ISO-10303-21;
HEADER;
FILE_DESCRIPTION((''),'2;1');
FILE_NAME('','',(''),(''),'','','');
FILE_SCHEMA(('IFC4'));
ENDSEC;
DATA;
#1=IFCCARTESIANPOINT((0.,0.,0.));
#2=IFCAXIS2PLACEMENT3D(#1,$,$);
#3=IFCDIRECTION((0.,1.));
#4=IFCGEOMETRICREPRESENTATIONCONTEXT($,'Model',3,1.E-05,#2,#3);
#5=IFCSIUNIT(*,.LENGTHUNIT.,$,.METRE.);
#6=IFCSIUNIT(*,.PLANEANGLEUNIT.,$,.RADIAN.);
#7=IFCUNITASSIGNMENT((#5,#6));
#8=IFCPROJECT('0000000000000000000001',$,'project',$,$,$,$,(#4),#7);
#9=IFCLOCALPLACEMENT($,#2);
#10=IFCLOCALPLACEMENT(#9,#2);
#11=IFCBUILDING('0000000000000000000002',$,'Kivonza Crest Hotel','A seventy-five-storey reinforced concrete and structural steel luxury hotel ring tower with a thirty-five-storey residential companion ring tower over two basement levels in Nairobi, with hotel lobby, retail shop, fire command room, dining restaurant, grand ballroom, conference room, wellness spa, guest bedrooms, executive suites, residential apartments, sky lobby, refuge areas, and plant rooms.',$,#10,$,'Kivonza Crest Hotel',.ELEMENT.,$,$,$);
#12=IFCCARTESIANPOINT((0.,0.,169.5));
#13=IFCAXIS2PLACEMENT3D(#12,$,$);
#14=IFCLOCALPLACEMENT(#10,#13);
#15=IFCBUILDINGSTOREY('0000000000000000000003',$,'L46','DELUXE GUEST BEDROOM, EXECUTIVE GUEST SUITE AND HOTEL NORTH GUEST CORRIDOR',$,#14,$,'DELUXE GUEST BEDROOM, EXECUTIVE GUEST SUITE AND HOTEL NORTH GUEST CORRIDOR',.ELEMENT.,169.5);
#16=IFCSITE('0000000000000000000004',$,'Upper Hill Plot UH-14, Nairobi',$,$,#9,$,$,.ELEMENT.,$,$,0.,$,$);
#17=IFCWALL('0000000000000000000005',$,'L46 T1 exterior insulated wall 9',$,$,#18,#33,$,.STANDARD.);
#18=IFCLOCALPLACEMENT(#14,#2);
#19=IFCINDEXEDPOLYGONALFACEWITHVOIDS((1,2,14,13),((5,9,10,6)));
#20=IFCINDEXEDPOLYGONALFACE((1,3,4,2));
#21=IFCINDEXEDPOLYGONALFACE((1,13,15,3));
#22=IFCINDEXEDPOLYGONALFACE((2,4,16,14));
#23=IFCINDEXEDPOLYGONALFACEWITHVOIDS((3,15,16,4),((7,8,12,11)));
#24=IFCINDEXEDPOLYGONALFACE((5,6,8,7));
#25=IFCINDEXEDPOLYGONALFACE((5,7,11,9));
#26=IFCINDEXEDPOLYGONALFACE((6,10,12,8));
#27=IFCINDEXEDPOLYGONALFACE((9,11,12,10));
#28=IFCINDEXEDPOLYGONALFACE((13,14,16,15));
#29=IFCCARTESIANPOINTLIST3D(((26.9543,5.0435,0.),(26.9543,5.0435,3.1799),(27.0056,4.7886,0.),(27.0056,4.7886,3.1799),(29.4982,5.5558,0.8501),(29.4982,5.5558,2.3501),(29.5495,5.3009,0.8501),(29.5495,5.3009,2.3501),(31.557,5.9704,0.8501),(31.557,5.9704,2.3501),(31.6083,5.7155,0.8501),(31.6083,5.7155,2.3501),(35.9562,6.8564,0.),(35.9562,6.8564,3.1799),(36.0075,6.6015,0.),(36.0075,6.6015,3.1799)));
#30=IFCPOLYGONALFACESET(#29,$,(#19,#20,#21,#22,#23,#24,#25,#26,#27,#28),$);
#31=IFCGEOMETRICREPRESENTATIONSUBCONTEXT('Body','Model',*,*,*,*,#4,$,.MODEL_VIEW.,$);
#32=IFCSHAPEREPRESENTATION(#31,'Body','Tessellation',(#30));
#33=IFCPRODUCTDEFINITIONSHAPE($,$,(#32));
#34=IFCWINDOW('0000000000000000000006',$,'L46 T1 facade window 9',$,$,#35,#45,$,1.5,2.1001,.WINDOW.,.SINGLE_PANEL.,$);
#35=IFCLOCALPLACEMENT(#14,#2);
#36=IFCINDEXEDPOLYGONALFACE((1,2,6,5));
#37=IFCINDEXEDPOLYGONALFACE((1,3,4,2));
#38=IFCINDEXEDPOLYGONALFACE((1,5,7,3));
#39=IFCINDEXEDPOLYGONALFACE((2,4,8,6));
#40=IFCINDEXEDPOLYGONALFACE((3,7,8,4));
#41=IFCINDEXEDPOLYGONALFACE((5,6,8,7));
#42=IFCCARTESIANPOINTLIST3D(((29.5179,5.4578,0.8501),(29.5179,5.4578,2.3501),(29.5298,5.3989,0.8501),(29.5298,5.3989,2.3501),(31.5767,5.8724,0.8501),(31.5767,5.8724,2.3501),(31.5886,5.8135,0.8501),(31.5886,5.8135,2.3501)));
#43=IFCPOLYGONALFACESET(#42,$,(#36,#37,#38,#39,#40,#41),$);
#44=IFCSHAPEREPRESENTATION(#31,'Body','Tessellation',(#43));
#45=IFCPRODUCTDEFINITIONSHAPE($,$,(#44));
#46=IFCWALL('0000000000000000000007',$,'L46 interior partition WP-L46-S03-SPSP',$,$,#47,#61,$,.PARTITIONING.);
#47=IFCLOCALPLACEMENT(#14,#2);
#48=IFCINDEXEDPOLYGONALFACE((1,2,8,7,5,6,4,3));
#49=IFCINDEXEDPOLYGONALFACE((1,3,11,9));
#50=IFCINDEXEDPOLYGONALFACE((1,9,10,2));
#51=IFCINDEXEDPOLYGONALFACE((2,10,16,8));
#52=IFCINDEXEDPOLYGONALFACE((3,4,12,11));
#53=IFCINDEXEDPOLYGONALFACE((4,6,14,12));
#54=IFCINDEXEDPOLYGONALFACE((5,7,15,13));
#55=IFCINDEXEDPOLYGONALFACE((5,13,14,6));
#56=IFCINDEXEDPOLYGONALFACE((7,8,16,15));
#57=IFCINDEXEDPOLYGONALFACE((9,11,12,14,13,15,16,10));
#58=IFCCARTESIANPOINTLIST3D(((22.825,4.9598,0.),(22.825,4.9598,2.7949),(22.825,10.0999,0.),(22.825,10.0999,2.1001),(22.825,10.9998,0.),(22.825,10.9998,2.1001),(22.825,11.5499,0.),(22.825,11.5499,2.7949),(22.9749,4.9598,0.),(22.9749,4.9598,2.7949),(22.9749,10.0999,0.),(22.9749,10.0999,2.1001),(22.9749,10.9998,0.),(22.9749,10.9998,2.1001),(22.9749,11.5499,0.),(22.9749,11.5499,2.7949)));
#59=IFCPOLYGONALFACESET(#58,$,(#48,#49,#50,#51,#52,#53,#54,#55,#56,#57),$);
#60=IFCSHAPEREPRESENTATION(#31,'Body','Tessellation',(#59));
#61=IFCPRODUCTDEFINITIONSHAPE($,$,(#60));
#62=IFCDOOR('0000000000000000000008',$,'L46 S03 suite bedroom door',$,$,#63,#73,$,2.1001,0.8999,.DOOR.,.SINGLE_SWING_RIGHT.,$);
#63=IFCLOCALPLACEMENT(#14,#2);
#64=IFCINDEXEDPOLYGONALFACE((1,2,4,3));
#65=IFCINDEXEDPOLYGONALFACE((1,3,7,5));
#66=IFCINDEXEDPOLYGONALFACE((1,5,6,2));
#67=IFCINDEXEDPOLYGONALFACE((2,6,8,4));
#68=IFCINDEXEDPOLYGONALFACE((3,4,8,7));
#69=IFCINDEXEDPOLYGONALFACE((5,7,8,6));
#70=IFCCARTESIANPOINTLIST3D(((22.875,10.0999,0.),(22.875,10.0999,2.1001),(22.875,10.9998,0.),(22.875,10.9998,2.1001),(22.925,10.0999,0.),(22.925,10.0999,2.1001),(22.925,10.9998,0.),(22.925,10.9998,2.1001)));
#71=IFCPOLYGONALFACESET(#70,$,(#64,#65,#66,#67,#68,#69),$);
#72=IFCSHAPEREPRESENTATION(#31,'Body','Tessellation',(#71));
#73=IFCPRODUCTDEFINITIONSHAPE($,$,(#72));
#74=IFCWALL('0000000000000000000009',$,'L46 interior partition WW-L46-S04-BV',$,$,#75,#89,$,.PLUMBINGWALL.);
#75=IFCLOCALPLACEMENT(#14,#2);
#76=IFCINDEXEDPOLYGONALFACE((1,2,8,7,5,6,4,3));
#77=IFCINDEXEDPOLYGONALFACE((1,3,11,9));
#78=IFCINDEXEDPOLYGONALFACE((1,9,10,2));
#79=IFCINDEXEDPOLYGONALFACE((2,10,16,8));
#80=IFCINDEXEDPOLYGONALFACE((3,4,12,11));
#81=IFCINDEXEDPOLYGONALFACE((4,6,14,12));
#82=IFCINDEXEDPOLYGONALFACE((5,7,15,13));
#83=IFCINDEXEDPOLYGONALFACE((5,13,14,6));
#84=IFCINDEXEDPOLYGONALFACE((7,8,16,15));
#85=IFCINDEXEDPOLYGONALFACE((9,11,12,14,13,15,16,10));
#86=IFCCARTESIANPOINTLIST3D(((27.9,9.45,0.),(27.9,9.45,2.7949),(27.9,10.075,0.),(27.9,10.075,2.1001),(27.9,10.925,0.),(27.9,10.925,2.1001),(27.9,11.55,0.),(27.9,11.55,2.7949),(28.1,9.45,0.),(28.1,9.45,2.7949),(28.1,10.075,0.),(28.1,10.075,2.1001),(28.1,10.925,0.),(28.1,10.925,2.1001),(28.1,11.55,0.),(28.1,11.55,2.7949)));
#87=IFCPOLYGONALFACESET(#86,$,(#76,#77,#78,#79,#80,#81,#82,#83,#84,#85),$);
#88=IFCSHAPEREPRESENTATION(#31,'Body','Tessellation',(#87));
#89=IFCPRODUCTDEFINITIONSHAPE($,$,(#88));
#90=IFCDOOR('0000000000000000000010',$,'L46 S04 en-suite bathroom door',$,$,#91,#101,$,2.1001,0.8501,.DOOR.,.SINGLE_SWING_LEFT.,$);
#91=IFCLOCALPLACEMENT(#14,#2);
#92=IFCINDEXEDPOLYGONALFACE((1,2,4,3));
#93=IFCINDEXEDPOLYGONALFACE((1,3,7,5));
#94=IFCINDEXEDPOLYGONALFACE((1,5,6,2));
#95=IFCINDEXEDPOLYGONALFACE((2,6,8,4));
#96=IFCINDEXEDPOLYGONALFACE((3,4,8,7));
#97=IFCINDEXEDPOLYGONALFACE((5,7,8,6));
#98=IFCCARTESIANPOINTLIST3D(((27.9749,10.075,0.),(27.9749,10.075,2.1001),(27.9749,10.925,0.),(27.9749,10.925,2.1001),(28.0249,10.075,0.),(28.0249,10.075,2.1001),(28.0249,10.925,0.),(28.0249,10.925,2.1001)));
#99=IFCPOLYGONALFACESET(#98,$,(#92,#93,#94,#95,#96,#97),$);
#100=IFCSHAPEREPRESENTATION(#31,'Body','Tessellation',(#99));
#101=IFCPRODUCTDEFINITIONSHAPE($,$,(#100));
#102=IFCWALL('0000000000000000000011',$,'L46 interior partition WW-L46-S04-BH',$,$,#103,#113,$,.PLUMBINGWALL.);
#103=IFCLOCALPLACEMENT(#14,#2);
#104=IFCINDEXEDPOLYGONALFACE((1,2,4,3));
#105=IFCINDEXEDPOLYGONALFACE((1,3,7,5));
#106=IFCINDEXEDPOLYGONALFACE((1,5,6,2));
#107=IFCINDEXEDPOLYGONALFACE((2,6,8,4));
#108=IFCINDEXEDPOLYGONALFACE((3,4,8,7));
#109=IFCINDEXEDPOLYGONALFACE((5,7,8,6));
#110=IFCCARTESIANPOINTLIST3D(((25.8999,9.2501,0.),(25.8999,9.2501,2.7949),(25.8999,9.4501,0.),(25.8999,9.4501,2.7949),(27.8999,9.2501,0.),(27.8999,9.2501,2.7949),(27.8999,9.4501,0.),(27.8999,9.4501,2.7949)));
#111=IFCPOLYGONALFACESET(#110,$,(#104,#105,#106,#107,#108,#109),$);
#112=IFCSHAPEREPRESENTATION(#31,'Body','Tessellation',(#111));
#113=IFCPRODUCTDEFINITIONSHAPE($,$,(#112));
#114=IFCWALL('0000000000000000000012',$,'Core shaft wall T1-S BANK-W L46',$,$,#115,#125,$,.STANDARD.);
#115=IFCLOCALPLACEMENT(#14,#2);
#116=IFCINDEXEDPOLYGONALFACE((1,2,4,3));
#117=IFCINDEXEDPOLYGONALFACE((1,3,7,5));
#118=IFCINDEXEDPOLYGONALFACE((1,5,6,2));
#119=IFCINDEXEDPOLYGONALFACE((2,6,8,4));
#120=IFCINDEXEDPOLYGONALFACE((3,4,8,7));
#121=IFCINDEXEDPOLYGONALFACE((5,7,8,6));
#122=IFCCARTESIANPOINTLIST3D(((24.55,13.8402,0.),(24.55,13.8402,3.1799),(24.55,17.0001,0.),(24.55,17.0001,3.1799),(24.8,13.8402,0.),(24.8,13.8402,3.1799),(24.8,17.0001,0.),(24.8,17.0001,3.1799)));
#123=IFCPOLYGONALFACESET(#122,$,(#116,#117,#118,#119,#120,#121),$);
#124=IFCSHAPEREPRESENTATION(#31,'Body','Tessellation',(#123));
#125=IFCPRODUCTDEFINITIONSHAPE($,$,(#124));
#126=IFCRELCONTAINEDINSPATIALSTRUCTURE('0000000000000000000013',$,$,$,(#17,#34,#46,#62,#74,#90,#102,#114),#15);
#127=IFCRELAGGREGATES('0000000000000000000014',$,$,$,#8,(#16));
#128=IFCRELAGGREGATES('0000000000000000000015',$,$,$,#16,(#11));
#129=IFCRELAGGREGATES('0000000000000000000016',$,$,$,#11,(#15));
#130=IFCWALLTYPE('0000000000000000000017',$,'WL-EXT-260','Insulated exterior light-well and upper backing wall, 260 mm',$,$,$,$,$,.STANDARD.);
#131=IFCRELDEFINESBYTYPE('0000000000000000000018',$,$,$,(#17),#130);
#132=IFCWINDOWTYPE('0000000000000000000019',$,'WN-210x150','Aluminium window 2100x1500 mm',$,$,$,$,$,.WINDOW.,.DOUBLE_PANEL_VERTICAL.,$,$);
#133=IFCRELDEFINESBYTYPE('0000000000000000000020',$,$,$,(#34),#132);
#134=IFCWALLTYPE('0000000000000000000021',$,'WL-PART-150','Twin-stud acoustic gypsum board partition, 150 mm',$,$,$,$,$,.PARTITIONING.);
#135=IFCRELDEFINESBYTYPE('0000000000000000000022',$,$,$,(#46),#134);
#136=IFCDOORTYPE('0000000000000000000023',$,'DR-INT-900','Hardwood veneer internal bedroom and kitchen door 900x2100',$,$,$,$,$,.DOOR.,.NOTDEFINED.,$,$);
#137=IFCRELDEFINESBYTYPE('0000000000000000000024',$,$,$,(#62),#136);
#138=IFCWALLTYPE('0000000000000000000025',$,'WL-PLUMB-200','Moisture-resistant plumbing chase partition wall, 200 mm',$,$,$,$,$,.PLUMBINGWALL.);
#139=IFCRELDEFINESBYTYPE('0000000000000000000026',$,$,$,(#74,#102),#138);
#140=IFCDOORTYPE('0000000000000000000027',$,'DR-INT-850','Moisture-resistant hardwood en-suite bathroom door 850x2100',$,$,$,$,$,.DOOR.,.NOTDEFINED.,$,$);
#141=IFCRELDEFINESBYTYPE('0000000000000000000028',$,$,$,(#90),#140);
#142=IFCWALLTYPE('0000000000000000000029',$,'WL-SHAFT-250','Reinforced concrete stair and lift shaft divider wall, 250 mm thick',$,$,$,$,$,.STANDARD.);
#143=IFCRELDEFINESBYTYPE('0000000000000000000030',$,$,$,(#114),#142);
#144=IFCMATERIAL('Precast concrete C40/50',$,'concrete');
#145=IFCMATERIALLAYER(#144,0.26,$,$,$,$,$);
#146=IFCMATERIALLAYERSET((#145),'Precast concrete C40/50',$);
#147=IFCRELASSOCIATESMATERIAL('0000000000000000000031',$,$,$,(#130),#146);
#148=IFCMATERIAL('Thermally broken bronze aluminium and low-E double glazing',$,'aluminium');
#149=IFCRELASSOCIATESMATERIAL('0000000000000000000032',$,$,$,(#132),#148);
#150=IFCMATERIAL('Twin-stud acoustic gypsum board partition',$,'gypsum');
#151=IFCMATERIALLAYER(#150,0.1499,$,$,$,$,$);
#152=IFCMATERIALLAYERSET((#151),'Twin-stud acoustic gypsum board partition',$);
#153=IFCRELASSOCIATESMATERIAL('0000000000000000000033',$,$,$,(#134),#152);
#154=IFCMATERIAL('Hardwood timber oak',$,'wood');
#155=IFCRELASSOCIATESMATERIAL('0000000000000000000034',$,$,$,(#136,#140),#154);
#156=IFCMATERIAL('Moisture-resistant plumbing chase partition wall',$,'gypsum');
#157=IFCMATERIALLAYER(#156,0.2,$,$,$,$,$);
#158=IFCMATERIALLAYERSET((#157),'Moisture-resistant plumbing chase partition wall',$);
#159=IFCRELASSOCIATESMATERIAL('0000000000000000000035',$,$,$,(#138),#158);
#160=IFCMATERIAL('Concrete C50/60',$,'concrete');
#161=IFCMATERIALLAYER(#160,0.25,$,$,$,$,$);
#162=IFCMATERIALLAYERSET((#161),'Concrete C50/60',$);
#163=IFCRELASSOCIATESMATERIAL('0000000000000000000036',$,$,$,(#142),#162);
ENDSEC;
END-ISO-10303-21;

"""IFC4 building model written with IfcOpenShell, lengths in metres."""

from ifc_helpers import new_model, si_unit, direction, frame, frame_2d, origin, place, context, subcontext, project, spatial, rectangle, extrude, material, layer, layer_set, type_object, element, fill, save


model = new_model("IFC4")

# Units and contexts
model_context = context("Model", 3, precision=1e-05, world=origin(), true_north=direction((0.0, 1.0)))
body_context = subcontext(model_context, "Body", "Model", "MODEL_VIEW")
ifc_project = project(units=[si_unit("LENGTHUNIT", "METRE"), si_unit("PLANEANGLEUNIT", "RADIAN")], contexts=[model_context])

# Site, building, storey
site_placement = place(None, origin())
site = spatial("IfcSite", under=ifc_project, at=site_placement, Name="Upper Hill Plot UH-14, Nairobi", CompositionType="ELEMENT", RefElevation=0.0)
building_placement = place(site_placement, origin())
building = spatial("IfcBuilding", under=site, at=building_placement, Name="Kivonza Crest Hotel", Description="A seventy-five-storey reinforced concrete and structural steel luxury hotel ring tower with a thirty-five-storey residential companion ring tower over two basement levels in Nairobi, with hotel lobby, retail shop, fire command room, dining restaurant, grand ballroom, conference room, wellness spa, guest bedrooms, executive suites, residential apartments, sky lobby, refuge areas, and plant rooms.", LongName="Kivonza Crest Hotel", CompositionType="ELEMENT")
storey_placement = place(building_placement, frame((0.0, 0.0, 169.5)))
storey = spatial("IfcBuildingStorey", under=building, at=storey_placement, Name="L46", Description="DELUXE GUEST BEDROOM, EXECUTIVE GUEST SUITE AND HOTEL NORTH GUEST CORRIDOR", LongName="DELUXE GUEST BEDROOM, EXECUTIVE GUEST SUITE AND HOTEL NORTH GUEST CORRIDOR", CompositionType="ELEMENT", Elevation=169.5)

# Shared definitions
ifc_material_1 = material(Name="Concrete C50/60", Category="concrete")

# Shared definitions
ifc_material_2 = material(Name="Hardwood timber oak", Category="wood")

# Wall, opening, window
ifc_material_3 = material(Name="Precast concrete C40/50", Category="concrete")
ifc_layer_1 = layer(ifc_material_3, 0.26)
ifc_layer_set_1 = layer_set([ifc_layer_1], Name="Precast concrete C40/50")
wall_type_1 = type_object("IfcWallType", Name="WL-EXT-260", Description="Insulated exterior light-well and upper backing wall, 260 mm", PredefinedType="STANDARD", material=ifc_layer_set_1)
wall_1_placement = place(storey_placement, frame((26.98, 4.916, 0.0), z_axis=(0.0, 0.0, 1.0), x_axis=(0.980316, 0.197435, 0.0)))
wall_1 = element("IfcWall", 1, at=wall_1_placement, inside=storey, type_object=wall_type_1, Name="L46 T1 exterior insulated wall 9", PredefinedType="STANDARD", context=body_context, shape_type="SweptSolid", body=[
    extrude(rectangle(XDim=9.1826, YDim=0.26, at=frame_2d((4.5913, 0.0))), origin(), (0.0, 0.0, 1.0), 3.1799),
])
opening_1_placement = place(wall_1_placement, frame((2.595, 0.0, 0.8501)))
opening_1 = element("IfcOpeningElement", 2, at=opening_1_placement, cuts=wall_1, PredefinedType="OPENING", context=body_context, shape_type="SweptSolid", body=[
    extrude(rectangle(XDim=2.1001, YDim=1.5, at=frame_2d((1.05, 0.75))), frame((0.0, 0.1401, 0.0), z_axis=(0.0, -1.0, 0.0), x_axis=(1.0, 0.0, 0.0)), (0.0, 0.0, 1.0), 0.28),
])
ifc_material_4 = material(Name="Thermally broken bronze aluminium and low-E double glazing", Category="aluminium")
window_type = type_object("IfcWindowType", Name="WN-210x150", Description="Aluminium window 2100x1500 mm", PartitioningType="DOUBLE_PANEL_VERTICAL", PredefinedType="WINDOW", material=ifc_material_4)
window_placement = place(opening_1_placement, origin())
window = element("IfcWindow", 3, at=window_placement, inside=storey, type_object=window_type, Name="L46 T1 facade window 9", OverallHeight=1.5, OverallWidth=2.1001, PartitioningType="SINGLE_PANEL", PredefinedType="WINDOW", context=body_context, shape_type="SweptSolid", body=[
    extrude(rectangle(XDim=2.1001, YDim=1.5, at=frame_2d((1.05, 0.75))), frame((0.0, 0.03, 0.0), z_axis=(0.0, -1.0, 0.0), x_axis=(1.0, 0.0, 0.0)), (0.0, 0.0, 1.0), 0.0601),
])
fill(opening_1, window)

# Walls, openings, doors
ifc_material_5 = material(Name="Twin-stud acoustic gypsum board partition", Category="gypsum")
ifc_layer_2 = layer(ifc_material_5, 0.1499)
ifc_layer_set_2 = layer_set([ifc_layer_2], Name="Twin-stud acoustic gypsum board partition")
wall_type_2 = type_object("IfcWallType", Name="WL-PART-150", Description="Twin-stud acoustic gypsum board partition, 150 mm", PredefinedType="PARTITIONING", material=ifc_layer_set_2)
wall_2_placement = place(storey_placement, frame((22.8999, 4.96, 0.0), z_axis=(0.0, 0.0, 1.0), x_axis=(0.0, 1.0, 0.0)))
wall_2 = element("IfcWall", 4, at=wall_2_placement, inside=storey, type_object=wall_type_2, Name="L46 interior partition WP-L46-S03-SPSP", PredefinedType="PARTITIONING", context=body_context, shape_type="SweptSolid", body=[
    extrude(rectangle(XDim=6.5901, YDim=0.1499, at=frame_2d((3.2949, 0.0))), origin(), (0.0, 0.0, 1.0), 2.7949),
])
opening_2_placement = place(wall_2_placement, frame((5.1399, 0.0, 0.0)))
opening_2 = element("IfcOpeningElement", 5, at=opening_2_placement, cuts=wall_2, PredefinedType="OPENING", context=body_context, shape_type="SweptSolid", body=[
    extrude(rectangle(XDim=0.8999, YDim=2.1001, at=frame_2d((0.45, 1.05))), frame((0.0, 0.085, 0.0), z_axis=(0.0, -1.0, 0.0), x_axis=(1.0, 0.0, 0.0)), (0.0, 0.0, 1.0), 0.1699),
])
door_type_1 = type_object("IfcDoorType", Name="DR-INT-900", Description="Hardwood veneer internal bedroom and kitchen door 900x2100", OperationType="NOTDEFINED", PredefinedType="DOOR", material=ifc_material_2)
door_1_placement = place(opening_2_placement, origin())
door_1 = element("IfcDoor", 6, at=door_1_placement, inside=storey, type_object=door_type_1, Name="L46 S03 suite bedroom door", OperationType="SINGLE_SWING_RIGHT", OverallHeight=2.1001, OverallWidth=0.8999, PredefinedType="DOOR", context=body_context, shape_type="SweptSolid", body=[
    extrude(rectangle(XDim=0.8999, YDim=2.1001, at=frame_2d((0.45, 1.05))), frame((0.0, 0.0249, 0.0), z_axis=(0.0, -1.0, 0.0), x_axis=(1.0, 0.0, 0.0)), (0.0, 0.0, 1.0), 0.05),
])
fill(opening_2, door_1)
ifc_material_6 = material(Name="Moisture-resistant plumbing chase partition wall", Category="gypsum")
ifc_layer_3 = layer(ifc_material_6, 0.2)
ifc_layer_set_3 = layer_set([ifc_layer_3], Name="Moisture-resistant plumbing chase partition wall")
wall_type_3 = type_object("IfcWallType", Name="WL-PLUMB-200", Description="Moisture-resistant plumbing chase partition wall, 200 mm", PredefinedType="PLUMBINGWALL", material=ifc_layer_set_3)
wall_3_placement = place(storey_placement, frame((28.0, 9.45, 0.0), z_axis=(0.0, 0.0, 1.0), x_axis=(0.0, 1.0, 0.0)))
wall_3 = element("IfcWall", 7, at=wall_3_placement, inside=storey, type_object=wall_type_3, Name="L46 interior partition WW-L46-S04-BV", PredefinedType="PLUMBINGWALL", context=body_context, shape_type="SweptSolid", body=[
    extrude(rectangle(XDim=2.1001, YDim=0.2, at=frame_2d((1.05, 0.0))), origin(), (0.0, 0.0, 1.0), 2.7949),
])
opening_3_placement = place(wall_3_placement, frame((0.625, 0.0, 0.0)))
opening_3 = element("IfcOpeningElement", 8, at=opening_3_placement, cuts=wall_3, PredefinedType="OPENING", context=body_context, shape_type="SweptSolid", body=[
    extrude(rectangle(XDim=0.8501, YDim=2.1001, at=frame_2d((0.425, 1.05))), frame((0.0, 0.1099, 0.0), z_axis=(0.0, -1.0, 0.0), x_axis=(1.0, 0.0, 0.0)), (0.0, 0.0, 1.0), 0.22),
])
door_type_2 = type_object("IfcDoorType", Name="DR-INT-850", Description="Moisture-resistant hardwood en-suite bathroom door 850x2100", OperationType="NOTDEFINED", PredefinedType="DOOR", material=ifc_material_2)
door_2_placement = place(opening_3_placement, frame((0.8501, 0.0, 0.0), z_axis=(0.0, 0.0, 1.0), x_axis=(-1.0, 0.0, 0.0)))
door_2 = element("IfcDoor", 9, at=door_2_placement, inside=storey, type_object=door_type_2, Name="L46 S04 en-suite bathroom door", OperationType="SINGLE_SWING_LEFT", OverallHeight=2.1001, OverallWidth=0.8501, PredefinedType="DOOR", context=body_context, shape_type="SweptSolid", body=[
    extrude(rectangle(XDim=0.8501, YDim=2.1001, at=frame_2d((0.425, 1.05))), frame((0.0, 0.0249, 0.0), z_axis=(0.0, -1.0, 0.0), x_axis=(1.0, 0.0, 0.0)), (0.0, 0.0, 1.0), 0.05),
])
fill(opening_3, door_2)

# Walls
wall_4_placement = place(storey_placement, frame((25.8999, 9.3501, 0.0), z_axis=(0.0, 0.0, 1.0), x_axis=(1.0, 0.0, 0.0)))
element("IfcWall", 10, at=wall_4_placement, inside=storey, type_object=wall_type_3, Name="L46 interior partition WW-L46-S04-BH", PredefinedType="PLUMBINGWALL", context=body_context, shape_type="SweptSolid", body=[
    extrude(rectangle(XDim=2.0, YDim=0.2, at=frame_2d((1.0, 0.0))), origin(), (0.0, 0.0, 1.0), 2.7949),
])
ifc_layer_4 = layer(ifc_material_1, 0.25)
ifc_layer_set_4 = layer_set([ifc_layer_4], Name="Concrete C50/60")
wall_type_4 = type_object("IfcWallType", Name="WL-SHAFT-250", Description="Reinforced concrete stair and lift shaft divider wall, 250 mm thick", PredefinedType="STANDARD", material=ifc_layer_set_4)
wall_5_placement = place(storey_placement, frame((24.675, 13.8401, 0.0), z_axis=(0.0, 0.0, 1.0), x_axis=(0.0, 1.0, 0.0)))
element("IfcWall", 11, at=wall_5_placement, inside=storey, type_object=wall_type_4, Name="Core shaft wall T1-S BANK-W L46", PredefinedType="STANDARD", context=body_context, shape_type="SweptSolid", body=[
    extrude(rectangle(XDim=3.1599, YDim=0.25, at=frame_2d((1.5801, 0.0))), origin(), (0.0, 0.0, 1.0), 3.1799),
])

save(model, "model.ifc")
